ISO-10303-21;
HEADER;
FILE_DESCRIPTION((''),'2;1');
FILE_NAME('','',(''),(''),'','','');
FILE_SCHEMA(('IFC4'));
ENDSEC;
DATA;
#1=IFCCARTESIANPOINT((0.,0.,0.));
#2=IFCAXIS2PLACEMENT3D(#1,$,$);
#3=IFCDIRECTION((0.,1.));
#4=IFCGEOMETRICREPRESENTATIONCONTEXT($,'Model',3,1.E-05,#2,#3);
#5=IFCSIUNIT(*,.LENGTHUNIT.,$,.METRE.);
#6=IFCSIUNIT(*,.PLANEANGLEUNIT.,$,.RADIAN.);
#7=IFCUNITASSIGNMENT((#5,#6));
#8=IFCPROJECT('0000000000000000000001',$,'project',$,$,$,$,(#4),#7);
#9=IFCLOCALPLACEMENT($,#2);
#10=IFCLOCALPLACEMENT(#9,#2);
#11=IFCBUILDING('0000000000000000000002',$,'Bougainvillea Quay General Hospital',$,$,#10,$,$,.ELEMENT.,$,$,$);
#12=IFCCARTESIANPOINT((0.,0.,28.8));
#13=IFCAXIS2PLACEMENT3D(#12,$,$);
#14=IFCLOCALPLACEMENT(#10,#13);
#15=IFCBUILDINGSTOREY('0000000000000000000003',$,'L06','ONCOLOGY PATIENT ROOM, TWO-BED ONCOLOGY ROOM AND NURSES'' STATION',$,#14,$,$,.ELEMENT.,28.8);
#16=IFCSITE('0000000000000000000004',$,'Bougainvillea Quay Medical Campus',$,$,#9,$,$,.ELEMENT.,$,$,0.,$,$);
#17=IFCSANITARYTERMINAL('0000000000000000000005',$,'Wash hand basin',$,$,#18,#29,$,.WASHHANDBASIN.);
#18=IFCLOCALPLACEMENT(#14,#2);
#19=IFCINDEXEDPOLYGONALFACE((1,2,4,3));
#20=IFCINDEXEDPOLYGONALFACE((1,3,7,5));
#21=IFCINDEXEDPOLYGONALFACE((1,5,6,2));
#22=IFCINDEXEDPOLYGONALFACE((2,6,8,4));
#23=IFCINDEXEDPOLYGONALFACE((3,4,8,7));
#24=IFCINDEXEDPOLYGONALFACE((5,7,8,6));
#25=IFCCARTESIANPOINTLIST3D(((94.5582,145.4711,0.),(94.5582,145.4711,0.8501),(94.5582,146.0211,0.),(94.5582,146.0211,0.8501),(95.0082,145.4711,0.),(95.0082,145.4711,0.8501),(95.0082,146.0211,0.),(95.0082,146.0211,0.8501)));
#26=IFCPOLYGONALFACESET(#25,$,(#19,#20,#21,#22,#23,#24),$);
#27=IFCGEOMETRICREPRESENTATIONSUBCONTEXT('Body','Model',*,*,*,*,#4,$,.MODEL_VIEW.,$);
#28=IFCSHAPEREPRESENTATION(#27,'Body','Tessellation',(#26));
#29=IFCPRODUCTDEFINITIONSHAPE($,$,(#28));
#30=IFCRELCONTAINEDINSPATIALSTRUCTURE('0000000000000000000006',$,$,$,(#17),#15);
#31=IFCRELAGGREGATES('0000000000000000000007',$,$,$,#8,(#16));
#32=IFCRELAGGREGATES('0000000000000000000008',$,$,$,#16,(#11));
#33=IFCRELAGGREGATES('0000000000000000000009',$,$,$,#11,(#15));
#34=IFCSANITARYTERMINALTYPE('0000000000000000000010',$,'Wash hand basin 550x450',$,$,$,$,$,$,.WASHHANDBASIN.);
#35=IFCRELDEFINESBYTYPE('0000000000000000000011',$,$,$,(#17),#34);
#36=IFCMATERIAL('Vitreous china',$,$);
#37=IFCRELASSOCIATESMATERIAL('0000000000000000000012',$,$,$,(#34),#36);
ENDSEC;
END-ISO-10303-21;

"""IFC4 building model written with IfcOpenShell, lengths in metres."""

from ifc_helpers import new_model, si_unit, direction, frame, origin, origin_2d, place, context, subcontext, project, spatial, rectangle, extrude, material, type_object, element, save


model = new_model("IFC4")

# Units and contexts
model_context = context("Model", 3, precision=1e-05, world=origin(), true_north=direction((0.0, 1.0)))
body_context = subcontext(model_context, "Body", "Model", "MODEL_VIEW")
ifc_project = project(units=[si_unit("LENGTHUNIT", "METRE"), si_unit("PLANEANGLEUNIT", "RADIAN")], contexts=[model_context])

# Site, building, storey
site_placement = place(None, origin())
site = spatial("IfcSite", under=ifc_project, at=site_placement, Name="Bougainvillea Quay Medical Campus", CompositionType="ELEMENT", RefElevation=0.0)
building_placement = place(site_placement, origin())
building = spatial("IfcBuilding", under=site, at=building_placement, Name="Bougainvillea Quay General Hospital", CompositionType="ELEMENT")
storey_placement = place(building_placement, frame((0.0, 0.0, 28.8)))
storey = spatial("IfcBuildingStorey", under=building, at=storey_placement, Name="L06", Description="ONCOLOGY PATIENT ROOM, TWO-BED ONCOLOGY ROOM AND NURSES' STATION", CompositionType="ELEMENT", Elevation=28.8)

# Sanitary terminal
ifc_material_1 = material(Name="Vitreous china")
sanitary_terminal_type_1 = type_object("IfcSanitaryTerminalType", Name="Wash hand basin 550x450", PredefinedType="WASHHANDBASIN", material=ifc_material_1)
for number, where, z_axis, x_axis, name in (
    (1, (94.7832, 145.7461, 0.0), (0.0, 0.0, 1.0), (0.0, 1.0, 0.0), "Wash hand basin"),
):
    element("IfcSanitaryTerminal", number, at=place(storey_placement, frame(where, z_axis=z_axis, x_axis=x_axis)), inside=storey, type_object=sanitary_terminal_type_1, Name=name, PredefinedType="WASHHANDBASIN", context=body_context, shape_type="SweptSolid", body=[
        extrude(rectangle(XDim=0.55, YDim=0.45, at=origin_2d()), origin(), (0.0, 0.0, 1.0), 0.8501),
    ])

save(model, "model.ifc")
